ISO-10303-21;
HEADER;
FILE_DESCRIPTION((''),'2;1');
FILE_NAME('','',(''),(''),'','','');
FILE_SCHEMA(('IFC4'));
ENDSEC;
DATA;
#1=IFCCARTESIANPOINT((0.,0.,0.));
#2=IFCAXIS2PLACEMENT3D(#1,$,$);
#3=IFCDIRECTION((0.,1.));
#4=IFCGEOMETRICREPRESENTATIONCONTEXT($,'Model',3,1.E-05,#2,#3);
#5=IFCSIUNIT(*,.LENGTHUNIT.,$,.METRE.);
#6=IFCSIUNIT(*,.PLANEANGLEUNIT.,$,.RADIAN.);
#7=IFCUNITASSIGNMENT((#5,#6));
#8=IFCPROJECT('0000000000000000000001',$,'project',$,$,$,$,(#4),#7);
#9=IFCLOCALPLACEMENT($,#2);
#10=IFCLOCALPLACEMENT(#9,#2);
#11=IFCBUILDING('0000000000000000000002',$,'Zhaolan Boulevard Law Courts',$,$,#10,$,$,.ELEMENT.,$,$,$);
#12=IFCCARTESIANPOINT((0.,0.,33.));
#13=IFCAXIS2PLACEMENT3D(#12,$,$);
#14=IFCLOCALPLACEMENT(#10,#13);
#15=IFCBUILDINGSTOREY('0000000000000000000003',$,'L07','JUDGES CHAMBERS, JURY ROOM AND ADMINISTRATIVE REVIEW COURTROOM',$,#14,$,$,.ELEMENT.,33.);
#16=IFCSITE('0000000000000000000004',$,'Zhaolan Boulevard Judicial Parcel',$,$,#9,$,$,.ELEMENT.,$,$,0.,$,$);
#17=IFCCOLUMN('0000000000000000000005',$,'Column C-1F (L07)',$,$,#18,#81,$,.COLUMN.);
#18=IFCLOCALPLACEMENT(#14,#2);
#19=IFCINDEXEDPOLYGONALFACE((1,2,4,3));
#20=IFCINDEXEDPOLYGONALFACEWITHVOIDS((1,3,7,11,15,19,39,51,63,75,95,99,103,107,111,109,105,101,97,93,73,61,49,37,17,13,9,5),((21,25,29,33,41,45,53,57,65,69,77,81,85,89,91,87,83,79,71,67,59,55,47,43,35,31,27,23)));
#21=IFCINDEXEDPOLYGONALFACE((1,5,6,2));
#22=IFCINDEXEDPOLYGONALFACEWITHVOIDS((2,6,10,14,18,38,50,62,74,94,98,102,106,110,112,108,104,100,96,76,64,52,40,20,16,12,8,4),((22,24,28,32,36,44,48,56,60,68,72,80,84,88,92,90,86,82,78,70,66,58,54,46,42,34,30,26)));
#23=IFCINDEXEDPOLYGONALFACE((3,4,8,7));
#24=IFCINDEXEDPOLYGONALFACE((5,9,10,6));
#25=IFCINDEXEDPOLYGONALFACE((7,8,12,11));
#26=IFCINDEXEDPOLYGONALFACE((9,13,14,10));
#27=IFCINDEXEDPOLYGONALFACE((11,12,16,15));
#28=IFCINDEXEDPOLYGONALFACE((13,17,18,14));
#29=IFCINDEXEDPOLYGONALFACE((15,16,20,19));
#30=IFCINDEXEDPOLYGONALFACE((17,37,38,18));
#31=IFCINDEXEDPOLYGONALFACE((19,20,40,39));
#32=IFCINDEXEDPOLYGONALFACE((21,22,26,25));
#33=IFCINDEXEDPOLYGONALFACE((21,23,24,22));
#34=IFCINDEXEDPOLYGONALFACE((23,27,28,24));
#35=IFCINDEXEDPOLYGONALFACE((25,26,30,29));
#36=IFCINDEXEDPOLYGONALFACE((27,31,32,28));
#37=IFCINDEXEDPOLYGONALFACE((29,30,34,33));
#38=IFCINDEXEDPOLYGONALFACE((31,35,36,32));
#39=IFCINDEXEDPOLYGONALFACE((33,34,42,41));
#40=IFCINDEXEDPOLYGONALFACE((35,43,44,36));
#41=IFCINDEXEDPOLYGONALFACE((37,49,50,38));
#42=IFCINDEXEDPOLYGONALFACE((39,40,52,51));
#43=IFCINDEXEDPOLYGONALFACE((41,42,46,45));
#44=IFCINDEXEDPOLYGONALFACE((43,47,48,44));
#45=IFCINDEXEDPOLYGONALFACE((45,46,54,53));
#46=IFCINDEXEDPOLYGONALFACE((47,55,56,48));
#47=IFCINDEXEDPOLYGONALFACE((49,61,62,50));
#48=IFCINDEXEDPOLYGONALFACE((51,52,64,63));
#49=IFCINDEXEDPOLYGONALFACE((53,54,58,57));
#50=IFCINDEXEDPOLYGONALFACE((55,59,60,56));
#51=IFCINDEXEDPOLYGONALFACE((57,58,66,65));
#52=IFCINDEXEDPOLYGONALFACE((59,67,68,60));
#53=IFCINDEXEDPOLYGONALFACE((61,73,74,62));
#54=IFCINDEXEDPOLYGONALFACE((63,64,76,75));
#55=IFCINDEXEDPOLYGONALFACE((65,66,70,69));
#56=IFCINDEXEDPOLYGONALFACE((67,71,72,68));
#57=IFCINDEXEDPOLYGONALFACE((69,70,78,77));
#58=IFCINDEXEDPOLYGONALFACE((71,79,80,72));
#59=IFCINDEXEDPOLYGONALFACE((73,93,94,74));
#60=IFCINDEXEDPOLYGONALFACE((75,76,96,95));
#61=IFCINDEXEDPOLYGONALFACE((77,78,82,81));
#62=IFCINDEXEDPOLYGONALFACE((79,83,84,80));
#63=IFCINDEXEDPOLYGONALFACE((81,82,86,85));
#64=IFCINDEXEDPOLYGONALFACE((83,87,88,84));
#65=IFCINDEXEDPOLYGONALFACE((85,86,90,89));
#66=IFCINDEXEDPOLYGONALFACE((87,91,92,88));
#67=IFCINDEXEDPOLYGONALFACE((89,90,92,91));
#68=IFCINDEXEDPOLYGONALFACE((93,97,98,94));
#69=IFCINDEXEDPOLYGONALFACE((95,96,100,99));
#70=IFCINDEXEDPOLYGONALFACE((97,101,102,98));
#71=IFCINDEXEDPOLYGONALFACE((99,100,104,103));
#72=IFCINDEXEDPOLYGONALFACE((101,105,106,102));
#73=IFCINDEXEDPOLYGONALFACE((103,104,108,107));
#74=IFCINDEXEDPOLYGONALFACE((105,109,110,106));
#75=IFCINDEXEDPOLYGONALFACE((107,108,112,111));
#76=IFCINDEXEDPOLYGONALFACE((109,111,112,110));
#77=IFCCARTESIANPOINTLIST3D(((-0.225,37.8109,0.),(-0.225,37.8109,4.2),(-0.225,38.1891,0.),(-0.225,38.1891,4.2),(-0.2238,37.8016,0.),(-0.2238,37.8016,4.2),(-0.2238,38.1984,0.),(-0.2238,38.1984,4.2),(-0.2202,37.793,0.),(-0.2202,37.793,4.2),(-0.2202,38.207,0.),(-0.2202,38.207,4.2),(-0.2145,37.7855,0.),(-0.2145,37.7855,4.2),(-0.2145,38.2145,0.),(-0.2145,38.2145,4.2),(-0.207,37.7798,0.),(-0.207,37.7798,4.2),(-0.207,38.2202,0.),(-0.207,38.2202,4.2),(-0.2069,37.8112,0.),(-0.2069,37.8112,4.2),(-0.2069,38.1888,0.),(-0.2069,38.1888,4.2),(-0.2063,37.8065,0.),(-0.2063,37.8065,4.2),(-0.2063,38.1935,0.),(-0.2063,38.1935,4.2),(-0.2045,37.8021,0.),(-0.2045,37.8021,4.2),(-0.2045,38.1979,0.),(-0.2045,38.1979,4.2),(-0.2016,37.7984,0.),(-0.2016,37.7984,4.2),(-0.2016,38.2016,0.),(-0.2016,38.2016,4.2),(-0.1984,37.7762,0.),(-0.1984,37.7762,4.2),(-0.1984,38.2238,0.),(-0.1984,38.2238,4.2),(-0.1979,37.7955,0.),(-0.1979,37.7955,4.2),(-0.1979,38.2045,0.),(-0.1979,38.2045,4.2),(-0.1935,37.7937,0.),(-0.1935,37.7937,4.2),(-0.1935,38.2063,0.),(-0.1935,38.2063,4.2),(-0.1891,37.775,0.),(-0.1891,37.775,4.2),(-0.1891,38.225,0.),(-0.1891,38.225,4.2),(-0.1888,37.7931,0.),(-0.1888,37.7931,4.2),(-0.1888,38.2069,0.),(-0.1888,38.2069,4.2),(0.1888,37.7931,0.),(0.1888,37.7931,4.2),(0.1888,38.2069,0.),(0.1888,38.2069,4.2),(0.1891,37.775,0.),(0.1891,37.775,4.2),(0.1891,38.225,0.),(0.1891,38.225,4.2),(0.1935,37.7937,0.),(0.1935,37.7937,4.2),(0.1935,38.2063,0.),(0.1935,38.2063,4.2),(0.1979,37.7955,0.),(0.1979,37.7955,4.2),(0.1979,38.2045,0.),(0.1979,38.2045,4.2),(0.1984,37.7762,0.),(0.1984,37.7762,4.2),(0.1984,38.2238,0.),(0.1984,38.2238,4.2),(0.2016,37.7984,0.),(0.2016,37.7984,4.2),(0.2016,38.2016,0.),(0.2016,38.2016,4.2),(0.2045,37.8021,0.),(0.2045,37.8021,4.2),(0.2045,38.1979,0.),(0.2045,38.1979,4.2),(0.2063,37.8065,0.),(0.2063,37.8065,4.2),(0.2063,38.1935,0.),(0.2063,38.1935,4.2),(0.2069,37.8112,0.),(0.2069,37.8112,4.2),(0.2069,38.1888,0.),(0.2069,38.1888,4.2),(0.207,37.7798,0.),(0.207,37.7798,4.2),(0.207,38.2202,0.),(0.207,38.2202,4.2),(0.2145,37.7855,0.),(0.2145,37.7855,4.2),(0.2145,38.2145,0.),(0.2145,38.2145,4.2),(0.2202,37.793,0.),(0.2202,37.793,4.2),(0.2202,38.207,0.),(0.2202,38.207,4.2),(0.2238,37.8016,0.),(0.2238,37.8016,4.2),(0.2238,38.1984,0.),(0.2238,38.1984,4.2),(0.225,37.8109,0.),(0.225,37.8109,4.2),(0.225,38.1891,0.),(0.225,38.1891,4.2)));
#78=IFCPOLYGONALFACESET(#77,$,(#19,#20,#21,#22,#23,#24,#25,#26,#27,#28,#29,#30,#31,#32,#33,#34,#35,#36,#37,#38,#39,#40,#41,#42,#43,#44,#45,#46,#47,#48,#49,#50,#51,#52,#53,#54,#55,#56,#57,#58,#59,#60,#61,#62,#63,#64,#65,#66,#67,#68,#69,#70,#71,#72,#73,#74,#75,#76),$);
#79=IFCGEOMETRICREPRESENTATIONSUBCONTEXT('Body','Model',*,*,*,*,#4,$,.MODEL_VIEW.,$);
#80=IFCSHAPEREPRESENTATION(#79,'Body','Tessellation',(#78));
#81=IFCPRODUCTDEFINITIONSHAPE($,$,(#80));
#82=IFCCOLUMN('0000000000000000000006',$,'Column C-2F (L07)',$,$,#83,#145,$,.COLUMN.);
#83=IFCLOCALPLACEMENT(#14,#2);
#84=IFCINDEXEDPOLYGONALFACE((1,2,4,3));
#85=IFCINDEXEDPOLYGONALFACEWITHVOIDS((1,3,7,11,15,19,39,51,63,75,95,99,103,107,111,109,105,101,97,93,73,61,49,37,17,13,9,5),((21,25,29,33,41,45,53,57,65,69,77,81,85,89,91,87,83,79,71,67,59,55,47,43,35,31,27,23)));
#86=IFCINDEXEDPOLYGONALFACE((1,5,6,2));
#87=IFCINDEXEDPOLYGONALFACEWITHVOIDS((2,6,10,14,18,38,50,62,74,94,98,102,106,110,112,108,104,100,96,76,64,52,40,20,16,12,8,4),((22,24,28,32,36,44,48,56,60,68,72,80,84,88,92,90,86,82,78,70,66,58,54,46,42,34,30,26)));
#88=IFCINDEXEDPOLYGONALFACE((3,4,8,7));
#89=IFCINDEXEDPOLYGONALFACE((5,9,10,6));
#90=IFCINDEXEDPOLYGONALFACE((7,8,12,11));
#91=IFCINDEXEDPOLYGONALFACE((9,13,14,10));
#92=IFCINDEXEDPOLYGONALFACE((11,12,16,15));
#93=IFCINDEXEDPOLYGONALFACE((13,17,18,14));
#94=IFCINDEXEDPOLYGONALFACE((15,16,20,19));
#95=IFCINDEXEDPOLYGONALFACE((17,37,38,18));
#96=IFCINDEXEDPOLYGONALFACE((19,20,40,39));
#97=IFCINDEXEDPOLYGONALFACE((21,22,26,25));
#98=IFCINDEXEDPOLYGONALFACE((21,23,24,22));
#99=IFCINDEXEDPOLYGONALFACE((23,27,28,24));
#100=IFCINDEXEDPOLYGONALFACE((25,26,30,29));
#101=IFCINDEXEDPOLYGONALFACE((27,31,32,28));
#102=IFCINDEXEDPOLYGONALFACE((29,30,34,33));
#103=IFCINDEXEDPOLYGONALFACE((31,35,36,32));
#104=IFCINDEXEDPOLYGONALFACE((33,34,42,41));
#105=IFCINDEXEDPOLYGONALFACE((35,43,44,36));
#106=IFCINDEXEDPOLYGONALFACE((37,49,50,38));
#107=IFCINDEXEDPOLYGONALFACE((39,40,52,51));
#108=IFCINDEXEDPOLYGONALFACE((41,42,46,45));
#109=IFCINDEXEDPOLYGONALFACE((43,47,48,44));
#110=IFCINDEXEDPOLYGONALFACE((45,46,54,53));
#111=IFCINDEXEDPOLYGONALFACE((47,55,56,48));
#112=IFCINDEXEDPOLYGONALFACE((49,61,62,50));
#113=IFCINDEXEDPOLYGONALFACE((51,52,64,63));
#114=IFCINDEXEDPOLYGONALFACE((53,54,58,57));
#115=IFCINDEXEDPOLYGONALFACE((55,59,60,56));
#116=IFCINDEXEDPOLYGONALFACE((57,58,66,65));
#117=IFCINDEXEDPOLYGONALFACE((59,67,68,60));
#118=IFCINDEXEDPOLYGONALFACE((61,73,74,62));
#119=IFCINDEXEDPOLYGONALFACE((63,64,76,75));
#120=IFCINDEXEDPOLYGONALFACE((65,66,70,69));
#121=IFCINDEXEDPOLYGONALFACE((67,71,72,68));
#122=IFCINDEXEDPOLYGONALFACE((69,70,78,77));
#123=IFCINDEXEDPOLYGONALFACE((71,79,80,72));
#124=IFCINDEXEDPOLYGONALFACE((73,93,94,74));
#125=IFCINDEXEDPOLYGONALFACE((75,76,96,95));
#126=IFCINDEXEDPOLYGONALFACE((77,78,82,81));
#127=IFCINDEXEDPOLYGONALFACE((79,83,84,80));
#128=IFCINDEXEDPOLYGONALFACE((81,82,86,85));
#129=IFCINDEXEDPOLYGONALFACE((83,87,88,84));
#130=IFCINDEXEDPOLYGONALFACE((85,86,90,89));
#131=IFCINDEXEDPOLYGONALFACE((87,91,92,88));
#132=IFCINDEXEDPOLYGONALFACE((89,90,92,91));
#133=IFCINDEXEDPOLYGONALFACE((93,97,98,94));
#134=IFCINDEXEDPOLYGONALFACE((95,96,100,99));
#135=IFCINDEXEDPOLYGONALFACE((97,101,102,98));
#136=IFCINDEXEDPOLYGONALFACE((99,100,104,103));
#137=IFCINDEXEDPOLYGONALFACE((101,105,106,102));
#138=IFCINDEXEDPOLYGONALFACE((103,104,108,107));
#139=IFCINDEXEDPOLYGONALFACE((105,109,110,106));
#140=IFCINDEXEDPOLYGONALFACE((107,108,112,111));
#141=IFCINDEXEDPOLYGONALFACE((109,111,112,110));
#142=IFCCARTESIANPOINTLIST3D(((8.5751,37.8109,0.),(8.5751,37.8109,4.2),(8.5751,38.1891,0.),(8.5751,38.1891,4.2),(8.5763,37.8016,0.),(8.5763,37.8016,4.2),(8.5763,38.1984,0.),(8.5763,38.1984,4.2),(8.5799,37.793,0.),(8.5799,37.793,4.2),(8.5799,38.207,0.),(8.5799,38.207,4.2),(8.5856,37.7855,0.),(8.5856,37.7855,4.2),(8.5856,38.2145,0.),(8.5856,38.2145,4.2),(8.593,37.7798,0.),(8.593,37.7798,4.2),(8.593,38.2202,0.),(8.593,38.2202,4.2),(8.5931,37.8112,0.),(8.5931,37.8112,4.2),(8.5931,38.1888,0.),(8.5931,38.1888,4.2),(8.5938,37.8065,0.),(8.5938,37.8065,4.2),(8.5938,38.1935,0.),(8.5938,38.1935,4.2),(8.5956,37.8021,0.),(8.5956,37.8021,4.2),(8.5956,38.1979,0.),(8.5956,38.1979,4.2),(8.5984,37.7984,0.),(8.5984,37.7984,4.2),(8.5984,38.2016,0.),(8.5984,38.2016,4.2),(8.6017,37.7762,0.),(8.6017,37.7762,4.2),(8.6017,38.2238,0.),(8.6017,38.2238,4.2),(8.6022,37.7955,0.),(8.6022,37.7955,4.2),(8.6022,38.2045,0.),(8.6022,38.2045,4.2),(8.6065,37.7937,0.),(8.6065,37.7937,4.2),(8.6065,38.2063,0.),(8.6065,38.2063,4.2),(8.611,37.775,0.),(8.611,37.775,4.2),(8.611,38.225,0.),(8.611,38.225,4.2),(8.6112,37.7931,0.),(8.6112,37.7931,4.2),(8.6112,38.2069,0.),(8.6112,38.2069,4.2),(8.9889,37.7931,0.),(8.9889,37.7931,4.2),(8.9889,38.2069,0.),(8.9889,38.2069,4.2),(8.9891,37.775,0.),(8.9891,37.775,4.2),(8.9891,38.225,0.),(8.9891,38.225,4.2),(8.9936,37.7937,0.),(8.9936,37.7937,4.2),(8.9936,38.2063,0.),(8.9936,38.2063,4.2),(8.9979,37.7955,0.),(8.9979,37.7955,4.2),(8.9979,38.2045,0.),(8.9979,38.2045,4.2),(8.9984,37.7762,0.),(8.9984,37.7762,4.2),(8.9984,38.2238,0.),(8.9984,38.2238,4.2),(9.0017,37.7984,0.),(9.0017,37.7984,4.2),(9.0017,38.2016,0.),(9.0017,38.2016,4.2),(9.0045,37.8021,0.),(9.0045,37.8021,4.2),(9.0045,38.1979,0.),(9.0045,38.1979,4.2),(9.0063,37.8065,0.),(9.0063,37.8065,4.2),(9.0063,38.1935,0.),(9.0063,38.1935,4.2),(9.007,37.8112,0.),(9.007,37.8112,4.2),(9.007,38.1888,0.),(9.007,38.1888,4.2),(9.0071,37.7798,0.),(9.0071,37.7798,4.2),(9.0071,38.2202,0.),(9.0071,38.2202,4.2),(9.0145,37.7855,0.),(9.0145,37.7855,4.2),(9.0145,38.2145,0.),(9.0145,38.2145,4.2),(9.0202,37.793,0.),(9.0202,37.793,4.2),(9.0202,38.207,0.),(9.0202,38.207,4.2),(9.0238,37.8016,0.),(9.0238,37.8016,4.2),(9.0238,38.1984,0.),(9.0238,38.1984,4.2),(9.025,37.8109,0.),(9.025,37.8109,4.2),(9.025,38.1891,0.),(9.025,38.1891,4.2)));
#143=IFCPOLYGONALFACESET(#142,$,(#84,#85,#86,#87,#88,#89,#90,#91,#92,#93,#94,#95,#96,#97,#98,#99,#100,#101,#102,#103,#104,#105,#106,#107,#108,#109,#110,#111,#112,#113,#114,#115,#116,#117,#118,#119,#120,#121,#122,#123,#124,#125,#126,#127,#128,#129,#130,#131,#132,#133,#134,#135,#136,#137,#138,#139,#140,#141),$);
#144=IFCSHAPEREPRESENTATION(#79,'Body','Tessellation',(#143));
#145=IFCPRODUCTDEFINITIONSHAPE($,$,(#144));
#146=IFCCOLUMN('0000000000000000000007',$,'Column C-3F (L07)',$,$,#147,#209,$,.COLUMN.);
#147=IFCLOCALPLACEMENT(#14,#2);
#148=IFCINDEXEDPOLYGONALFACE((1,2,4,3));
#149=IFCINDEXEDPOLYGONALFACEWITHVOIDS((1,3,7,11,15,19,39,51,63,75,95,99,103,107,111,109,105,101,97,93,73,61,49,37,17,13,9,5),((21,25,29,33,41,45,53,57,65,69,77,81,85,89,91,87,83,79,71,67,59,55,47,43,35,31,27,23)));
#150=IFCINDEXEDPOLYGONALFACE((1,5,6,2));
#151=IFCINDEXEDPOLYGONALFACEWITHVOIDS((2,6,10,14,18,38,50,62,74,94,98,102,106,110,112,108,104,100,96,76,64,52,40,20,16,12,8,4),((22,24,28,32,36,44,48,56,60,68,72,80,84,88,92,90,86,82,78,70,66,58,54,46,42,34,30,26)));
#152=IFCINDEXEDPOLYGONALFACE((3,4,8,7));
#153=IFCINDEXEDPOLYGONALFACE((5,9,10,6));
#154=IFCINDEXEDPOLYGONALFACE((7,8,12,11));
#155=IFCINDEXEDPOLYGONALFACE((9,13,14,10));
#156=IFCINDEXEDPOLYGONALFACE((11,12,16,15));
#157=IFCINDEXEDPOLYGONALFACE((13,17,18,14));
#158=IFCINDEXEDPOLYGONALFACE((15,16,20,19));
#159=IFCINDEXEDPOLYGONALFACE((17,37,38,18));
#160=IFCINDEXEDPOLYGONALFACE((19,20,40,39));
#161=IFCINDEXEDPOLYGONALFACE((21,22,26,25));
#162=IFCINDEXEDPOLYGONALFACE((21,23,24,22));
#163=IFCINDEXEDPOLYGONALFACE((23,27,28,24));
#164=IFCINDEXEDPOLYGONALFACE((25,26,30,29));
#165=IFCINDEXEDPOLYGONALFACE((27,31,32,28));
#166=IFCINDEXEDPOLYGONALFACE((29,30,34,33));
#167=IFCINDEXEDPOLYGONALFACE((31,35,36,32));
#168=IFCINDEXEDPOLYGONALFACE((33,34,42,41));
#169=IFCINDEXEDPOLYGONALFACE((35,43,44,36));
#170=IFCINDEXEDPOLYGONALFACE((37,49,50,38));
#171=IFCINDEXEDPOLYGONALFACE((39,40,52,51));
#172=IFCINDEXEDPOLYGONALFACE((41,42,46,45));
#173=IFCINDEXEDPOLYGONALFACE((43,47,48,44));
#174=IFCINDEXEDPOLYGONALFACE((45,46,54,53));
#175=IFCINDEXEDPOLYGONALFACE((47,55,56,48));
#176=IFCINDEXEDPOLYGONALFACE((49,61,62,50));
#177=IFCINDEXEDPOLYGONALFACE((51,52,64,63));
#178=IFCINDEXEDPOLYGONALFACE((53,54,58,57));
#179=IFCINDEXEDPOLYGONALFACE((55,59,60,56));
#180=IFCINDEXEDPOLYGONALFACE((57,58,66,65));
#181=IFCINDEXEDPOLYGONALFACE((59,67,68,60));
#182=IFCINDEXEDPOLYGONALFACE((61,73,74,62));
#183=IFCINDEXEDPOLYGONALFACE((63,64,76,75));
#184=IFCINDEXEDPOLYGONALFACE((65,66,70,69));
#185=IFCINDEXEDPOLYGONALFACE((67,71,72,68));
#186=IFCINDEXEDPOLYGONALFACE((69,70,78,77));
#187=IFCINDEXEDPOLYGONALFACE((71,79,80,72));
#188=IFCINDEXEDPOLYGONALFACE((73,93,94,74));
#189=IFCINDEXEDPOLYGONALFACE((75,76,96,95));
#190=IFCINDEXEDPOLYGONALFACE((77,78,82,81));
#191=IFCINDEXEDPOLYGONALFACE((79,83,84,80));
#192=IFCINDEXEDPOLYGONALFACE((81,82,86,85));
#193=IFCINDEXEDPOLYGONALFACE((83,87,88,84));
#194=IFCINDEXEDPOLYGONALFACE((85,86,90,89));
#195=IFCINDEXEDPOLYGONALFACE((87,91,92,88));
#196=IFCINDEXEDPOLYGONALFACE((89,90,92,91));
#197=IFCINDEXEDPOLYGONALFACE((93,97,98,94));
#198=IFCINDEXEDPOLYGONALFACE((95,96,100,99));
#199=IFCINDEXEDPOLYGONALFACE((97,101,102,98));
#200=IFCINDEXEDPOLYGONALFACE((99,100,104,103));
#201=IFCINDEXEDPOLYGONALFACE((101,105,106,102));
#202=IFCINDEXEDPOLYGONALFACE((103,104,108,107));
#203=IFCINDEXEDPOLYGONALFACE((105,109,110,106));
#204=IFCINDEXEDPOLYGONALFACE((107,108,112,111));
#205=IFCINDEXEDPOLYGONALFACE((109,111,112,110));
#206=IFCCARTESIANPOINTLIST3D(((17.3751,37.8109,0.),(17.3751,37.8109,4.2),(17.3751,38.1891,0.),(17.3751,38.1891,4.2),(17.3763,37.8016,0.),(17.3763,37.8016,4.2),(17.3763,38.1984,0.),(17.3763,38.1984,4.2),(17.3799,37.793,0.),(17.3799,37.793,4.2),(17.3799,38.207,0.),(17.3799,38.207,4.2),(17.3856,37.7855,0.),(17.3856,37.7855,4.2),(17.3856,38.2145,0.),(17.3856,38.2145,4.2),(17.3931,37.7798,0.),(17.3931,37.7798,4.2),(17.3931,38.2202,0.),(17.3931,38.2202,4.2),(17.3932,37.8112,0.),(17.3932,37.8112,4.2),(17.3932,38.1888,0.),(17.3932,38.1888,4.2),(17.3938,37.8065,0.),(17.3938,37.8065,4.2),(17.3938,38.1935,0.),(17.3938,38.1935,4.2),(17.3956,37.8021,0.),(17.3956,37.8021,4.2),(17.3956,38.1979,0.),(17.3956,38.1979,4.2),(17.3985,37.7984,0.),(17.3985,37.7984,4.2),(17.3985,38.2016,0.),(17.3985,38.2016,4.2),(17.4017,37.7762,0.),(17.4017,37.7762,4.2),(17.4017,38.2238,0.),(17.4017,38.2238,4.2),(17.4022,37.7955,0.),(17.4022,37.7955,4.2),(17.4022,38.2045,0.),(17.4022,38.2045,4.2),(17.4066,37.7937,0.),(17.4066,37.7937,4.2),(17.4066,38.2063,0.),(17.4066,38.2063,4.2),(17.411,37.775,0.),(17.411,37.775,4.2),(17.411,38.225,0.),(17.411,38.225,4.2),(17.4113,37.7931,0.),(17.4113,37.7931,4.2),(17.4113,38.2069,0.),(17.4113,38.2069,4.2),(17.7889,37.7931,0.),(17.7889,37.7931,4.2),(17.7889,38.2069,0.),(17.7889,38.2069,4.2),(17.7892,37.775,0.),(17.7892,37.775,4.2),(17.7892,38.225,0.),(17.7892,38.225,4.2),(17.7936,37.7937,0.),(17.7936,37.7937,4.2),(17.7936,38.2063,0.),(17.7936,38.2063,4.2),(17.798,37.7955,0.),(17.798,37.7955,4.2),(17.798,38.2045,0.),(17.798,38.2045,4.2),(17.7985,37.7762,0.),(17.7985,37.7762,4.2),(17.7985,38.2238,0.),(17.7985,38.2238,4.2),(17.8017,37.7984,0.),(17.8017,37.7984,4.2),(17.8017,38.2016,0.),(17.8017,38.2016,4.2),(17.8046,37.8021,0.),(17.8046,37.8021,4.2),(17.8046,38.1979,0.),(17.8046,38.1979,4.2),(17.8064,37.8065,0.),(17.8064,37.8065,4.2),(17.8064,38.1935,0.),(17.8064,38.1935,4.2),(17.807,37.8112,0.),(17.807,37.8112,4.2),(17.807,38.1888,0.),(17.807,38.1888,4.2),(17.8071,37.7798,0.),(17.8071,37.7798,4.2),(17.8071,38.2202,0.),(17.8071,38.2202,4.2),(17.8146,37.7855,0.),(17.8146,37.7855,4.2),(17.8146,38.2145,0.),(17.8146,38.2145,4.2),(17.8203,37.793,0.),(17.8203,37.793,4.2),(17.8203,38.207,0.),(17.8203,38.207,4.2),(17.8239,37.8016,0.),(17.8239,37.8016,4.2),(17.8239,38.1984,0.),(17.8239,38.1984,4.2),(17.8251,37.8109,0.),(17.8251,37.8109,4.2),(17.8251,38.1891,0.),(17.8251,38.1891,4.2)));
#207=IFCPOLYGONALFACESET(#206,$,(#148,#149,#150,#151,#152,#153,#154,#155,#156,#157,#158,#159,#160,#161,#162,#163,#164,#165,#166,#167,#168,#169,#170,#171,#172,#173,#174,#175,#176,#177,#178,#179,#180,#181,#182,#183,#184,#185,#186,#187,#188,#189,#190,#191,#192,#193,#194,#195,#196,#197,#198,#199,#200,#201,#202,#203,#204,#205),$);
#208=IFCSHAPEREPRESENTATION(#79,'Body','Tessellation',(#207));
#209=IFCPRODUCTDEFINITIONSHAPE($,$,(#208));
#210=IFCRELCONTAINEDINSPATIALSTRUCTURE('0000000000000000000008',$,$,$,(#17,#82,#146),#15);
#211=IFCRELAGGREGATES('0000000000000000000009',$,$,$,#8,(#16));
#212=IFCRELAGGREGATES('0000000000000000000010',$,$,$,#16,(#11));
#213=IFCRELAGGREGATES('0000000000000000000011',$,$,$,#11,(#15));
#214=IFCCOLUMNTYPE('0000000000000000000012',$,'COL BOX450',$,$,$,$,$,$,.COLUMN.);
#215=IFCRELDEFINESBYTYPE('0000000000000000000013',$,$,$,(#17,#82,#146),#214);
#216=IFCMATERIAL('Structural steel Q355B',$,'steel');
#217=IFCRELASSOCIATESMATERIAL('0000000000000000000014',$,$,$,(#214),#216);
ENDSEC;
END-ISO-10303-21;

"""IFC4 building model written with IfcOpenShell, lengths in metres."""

from ifc_helpers import new_model, si_unit, direction, frame, origin, origin_2d, place, context, subcontext, project, spatial, hollow_rectangle, extrude, material, material_profile, profile_set, type_object, element, save


model = new_model("IFC4")

# Units and contexts
model_context = context("Model", 3, precision=1e-05, world=origin(), true_north=direction((0.0, 1.0)))
body_context = subcontext(model_context, "Body", "Model", "MODEL_VIEW")
ifc_project = project(units=[si_unit("LENGTHUNIT", "METRE"), si_unit("PLANEANGLEUNIT", "RADIAN")], contexts=[model_context])

# Site, building, storey
site_placement = place(None, origin())
site = spatial("IfcSite", under=ifc_project, at=site_placement, Name="Zhaolan Boulevard Judicial Parcel", CompositionType="ELEMENT", RefElevation=0.0)
building_placement = place(site_placement, origin())
building = spatial("IfcBuilding", under=site, at=building_placement, Name="Zhaolan Boulevard Law Courts", CompositionType="ELEMENT")
storey_placement = place(building_placement, frame((0.0, 0.0, 33.0)))
storey = spatial("IfcBuildingStorey", under=building, at=storey_placement, Name="L07", Description="JUDGES CHAMBERS, JURY ROOM AND ADMINISTRATIVE REVIEW COURTROOM", CompositionType="ELEMENT", Elevation=33.0)

# Columns
ifc_material_1 = material(Name="Structural steel Q355B", Category="steel")
ifc_material_profile_1 = material_profile(ifc_material_1, hollow_rectangle(XDim=0.45, YDim=0.45, WallThickness=0.0181, InnerFilletRadius=0.0181, OuterFilletRadius=0.0359, at=origin_2d()), Name="BOX450x450x18")
ifc_profile_set_1 = profile_set([ifc_material_profile_1], Name="Structural steel Q355B")
column_type = type_object("IfcColumnType", Name="COL BOX450", PredefinedType="COLUMN", material=ifc_profile_set_1)
for number, where, z_axis, x_axis, name in (
    (1, (0.0, 38.0, 0.0), (0.0, 0.0, 1.0), (1.0, 0.0, 0.0), "Column C-1F (L07)"),
    (2, (8.8, 38.0, 0.0), (0.0, 0.0, 1.0), (1.0, 0.0, 0.0), "Column C-2F (L07)"),
    (3, (17.6001, 38.0, 0.0), (0.0, 0.0, 1.0), (1.0, 0.0, 0.0), "Column C-3F (L07)"),
):
    element("IfcColumn", number, at=place(storey_placement, frame(where, z_axis=z_axis, x_axis=x_axis)), inside=storey, type_object=column_type, Name=name, PredefinedType="COLUMN", context=body_context, shape_type="SweptSolid", body=[
        extrude(hollow_rectangle(XDim=0.45, YDim=0.45, WallThickness=0.0181, InnerFilletRadius=0.0181, OuterFilletRadius=0.0359, at=origin_2d()), origin(), (0.0, 0.0, 1.0), 4.2),
    ])

save(model, "model.ifc")
